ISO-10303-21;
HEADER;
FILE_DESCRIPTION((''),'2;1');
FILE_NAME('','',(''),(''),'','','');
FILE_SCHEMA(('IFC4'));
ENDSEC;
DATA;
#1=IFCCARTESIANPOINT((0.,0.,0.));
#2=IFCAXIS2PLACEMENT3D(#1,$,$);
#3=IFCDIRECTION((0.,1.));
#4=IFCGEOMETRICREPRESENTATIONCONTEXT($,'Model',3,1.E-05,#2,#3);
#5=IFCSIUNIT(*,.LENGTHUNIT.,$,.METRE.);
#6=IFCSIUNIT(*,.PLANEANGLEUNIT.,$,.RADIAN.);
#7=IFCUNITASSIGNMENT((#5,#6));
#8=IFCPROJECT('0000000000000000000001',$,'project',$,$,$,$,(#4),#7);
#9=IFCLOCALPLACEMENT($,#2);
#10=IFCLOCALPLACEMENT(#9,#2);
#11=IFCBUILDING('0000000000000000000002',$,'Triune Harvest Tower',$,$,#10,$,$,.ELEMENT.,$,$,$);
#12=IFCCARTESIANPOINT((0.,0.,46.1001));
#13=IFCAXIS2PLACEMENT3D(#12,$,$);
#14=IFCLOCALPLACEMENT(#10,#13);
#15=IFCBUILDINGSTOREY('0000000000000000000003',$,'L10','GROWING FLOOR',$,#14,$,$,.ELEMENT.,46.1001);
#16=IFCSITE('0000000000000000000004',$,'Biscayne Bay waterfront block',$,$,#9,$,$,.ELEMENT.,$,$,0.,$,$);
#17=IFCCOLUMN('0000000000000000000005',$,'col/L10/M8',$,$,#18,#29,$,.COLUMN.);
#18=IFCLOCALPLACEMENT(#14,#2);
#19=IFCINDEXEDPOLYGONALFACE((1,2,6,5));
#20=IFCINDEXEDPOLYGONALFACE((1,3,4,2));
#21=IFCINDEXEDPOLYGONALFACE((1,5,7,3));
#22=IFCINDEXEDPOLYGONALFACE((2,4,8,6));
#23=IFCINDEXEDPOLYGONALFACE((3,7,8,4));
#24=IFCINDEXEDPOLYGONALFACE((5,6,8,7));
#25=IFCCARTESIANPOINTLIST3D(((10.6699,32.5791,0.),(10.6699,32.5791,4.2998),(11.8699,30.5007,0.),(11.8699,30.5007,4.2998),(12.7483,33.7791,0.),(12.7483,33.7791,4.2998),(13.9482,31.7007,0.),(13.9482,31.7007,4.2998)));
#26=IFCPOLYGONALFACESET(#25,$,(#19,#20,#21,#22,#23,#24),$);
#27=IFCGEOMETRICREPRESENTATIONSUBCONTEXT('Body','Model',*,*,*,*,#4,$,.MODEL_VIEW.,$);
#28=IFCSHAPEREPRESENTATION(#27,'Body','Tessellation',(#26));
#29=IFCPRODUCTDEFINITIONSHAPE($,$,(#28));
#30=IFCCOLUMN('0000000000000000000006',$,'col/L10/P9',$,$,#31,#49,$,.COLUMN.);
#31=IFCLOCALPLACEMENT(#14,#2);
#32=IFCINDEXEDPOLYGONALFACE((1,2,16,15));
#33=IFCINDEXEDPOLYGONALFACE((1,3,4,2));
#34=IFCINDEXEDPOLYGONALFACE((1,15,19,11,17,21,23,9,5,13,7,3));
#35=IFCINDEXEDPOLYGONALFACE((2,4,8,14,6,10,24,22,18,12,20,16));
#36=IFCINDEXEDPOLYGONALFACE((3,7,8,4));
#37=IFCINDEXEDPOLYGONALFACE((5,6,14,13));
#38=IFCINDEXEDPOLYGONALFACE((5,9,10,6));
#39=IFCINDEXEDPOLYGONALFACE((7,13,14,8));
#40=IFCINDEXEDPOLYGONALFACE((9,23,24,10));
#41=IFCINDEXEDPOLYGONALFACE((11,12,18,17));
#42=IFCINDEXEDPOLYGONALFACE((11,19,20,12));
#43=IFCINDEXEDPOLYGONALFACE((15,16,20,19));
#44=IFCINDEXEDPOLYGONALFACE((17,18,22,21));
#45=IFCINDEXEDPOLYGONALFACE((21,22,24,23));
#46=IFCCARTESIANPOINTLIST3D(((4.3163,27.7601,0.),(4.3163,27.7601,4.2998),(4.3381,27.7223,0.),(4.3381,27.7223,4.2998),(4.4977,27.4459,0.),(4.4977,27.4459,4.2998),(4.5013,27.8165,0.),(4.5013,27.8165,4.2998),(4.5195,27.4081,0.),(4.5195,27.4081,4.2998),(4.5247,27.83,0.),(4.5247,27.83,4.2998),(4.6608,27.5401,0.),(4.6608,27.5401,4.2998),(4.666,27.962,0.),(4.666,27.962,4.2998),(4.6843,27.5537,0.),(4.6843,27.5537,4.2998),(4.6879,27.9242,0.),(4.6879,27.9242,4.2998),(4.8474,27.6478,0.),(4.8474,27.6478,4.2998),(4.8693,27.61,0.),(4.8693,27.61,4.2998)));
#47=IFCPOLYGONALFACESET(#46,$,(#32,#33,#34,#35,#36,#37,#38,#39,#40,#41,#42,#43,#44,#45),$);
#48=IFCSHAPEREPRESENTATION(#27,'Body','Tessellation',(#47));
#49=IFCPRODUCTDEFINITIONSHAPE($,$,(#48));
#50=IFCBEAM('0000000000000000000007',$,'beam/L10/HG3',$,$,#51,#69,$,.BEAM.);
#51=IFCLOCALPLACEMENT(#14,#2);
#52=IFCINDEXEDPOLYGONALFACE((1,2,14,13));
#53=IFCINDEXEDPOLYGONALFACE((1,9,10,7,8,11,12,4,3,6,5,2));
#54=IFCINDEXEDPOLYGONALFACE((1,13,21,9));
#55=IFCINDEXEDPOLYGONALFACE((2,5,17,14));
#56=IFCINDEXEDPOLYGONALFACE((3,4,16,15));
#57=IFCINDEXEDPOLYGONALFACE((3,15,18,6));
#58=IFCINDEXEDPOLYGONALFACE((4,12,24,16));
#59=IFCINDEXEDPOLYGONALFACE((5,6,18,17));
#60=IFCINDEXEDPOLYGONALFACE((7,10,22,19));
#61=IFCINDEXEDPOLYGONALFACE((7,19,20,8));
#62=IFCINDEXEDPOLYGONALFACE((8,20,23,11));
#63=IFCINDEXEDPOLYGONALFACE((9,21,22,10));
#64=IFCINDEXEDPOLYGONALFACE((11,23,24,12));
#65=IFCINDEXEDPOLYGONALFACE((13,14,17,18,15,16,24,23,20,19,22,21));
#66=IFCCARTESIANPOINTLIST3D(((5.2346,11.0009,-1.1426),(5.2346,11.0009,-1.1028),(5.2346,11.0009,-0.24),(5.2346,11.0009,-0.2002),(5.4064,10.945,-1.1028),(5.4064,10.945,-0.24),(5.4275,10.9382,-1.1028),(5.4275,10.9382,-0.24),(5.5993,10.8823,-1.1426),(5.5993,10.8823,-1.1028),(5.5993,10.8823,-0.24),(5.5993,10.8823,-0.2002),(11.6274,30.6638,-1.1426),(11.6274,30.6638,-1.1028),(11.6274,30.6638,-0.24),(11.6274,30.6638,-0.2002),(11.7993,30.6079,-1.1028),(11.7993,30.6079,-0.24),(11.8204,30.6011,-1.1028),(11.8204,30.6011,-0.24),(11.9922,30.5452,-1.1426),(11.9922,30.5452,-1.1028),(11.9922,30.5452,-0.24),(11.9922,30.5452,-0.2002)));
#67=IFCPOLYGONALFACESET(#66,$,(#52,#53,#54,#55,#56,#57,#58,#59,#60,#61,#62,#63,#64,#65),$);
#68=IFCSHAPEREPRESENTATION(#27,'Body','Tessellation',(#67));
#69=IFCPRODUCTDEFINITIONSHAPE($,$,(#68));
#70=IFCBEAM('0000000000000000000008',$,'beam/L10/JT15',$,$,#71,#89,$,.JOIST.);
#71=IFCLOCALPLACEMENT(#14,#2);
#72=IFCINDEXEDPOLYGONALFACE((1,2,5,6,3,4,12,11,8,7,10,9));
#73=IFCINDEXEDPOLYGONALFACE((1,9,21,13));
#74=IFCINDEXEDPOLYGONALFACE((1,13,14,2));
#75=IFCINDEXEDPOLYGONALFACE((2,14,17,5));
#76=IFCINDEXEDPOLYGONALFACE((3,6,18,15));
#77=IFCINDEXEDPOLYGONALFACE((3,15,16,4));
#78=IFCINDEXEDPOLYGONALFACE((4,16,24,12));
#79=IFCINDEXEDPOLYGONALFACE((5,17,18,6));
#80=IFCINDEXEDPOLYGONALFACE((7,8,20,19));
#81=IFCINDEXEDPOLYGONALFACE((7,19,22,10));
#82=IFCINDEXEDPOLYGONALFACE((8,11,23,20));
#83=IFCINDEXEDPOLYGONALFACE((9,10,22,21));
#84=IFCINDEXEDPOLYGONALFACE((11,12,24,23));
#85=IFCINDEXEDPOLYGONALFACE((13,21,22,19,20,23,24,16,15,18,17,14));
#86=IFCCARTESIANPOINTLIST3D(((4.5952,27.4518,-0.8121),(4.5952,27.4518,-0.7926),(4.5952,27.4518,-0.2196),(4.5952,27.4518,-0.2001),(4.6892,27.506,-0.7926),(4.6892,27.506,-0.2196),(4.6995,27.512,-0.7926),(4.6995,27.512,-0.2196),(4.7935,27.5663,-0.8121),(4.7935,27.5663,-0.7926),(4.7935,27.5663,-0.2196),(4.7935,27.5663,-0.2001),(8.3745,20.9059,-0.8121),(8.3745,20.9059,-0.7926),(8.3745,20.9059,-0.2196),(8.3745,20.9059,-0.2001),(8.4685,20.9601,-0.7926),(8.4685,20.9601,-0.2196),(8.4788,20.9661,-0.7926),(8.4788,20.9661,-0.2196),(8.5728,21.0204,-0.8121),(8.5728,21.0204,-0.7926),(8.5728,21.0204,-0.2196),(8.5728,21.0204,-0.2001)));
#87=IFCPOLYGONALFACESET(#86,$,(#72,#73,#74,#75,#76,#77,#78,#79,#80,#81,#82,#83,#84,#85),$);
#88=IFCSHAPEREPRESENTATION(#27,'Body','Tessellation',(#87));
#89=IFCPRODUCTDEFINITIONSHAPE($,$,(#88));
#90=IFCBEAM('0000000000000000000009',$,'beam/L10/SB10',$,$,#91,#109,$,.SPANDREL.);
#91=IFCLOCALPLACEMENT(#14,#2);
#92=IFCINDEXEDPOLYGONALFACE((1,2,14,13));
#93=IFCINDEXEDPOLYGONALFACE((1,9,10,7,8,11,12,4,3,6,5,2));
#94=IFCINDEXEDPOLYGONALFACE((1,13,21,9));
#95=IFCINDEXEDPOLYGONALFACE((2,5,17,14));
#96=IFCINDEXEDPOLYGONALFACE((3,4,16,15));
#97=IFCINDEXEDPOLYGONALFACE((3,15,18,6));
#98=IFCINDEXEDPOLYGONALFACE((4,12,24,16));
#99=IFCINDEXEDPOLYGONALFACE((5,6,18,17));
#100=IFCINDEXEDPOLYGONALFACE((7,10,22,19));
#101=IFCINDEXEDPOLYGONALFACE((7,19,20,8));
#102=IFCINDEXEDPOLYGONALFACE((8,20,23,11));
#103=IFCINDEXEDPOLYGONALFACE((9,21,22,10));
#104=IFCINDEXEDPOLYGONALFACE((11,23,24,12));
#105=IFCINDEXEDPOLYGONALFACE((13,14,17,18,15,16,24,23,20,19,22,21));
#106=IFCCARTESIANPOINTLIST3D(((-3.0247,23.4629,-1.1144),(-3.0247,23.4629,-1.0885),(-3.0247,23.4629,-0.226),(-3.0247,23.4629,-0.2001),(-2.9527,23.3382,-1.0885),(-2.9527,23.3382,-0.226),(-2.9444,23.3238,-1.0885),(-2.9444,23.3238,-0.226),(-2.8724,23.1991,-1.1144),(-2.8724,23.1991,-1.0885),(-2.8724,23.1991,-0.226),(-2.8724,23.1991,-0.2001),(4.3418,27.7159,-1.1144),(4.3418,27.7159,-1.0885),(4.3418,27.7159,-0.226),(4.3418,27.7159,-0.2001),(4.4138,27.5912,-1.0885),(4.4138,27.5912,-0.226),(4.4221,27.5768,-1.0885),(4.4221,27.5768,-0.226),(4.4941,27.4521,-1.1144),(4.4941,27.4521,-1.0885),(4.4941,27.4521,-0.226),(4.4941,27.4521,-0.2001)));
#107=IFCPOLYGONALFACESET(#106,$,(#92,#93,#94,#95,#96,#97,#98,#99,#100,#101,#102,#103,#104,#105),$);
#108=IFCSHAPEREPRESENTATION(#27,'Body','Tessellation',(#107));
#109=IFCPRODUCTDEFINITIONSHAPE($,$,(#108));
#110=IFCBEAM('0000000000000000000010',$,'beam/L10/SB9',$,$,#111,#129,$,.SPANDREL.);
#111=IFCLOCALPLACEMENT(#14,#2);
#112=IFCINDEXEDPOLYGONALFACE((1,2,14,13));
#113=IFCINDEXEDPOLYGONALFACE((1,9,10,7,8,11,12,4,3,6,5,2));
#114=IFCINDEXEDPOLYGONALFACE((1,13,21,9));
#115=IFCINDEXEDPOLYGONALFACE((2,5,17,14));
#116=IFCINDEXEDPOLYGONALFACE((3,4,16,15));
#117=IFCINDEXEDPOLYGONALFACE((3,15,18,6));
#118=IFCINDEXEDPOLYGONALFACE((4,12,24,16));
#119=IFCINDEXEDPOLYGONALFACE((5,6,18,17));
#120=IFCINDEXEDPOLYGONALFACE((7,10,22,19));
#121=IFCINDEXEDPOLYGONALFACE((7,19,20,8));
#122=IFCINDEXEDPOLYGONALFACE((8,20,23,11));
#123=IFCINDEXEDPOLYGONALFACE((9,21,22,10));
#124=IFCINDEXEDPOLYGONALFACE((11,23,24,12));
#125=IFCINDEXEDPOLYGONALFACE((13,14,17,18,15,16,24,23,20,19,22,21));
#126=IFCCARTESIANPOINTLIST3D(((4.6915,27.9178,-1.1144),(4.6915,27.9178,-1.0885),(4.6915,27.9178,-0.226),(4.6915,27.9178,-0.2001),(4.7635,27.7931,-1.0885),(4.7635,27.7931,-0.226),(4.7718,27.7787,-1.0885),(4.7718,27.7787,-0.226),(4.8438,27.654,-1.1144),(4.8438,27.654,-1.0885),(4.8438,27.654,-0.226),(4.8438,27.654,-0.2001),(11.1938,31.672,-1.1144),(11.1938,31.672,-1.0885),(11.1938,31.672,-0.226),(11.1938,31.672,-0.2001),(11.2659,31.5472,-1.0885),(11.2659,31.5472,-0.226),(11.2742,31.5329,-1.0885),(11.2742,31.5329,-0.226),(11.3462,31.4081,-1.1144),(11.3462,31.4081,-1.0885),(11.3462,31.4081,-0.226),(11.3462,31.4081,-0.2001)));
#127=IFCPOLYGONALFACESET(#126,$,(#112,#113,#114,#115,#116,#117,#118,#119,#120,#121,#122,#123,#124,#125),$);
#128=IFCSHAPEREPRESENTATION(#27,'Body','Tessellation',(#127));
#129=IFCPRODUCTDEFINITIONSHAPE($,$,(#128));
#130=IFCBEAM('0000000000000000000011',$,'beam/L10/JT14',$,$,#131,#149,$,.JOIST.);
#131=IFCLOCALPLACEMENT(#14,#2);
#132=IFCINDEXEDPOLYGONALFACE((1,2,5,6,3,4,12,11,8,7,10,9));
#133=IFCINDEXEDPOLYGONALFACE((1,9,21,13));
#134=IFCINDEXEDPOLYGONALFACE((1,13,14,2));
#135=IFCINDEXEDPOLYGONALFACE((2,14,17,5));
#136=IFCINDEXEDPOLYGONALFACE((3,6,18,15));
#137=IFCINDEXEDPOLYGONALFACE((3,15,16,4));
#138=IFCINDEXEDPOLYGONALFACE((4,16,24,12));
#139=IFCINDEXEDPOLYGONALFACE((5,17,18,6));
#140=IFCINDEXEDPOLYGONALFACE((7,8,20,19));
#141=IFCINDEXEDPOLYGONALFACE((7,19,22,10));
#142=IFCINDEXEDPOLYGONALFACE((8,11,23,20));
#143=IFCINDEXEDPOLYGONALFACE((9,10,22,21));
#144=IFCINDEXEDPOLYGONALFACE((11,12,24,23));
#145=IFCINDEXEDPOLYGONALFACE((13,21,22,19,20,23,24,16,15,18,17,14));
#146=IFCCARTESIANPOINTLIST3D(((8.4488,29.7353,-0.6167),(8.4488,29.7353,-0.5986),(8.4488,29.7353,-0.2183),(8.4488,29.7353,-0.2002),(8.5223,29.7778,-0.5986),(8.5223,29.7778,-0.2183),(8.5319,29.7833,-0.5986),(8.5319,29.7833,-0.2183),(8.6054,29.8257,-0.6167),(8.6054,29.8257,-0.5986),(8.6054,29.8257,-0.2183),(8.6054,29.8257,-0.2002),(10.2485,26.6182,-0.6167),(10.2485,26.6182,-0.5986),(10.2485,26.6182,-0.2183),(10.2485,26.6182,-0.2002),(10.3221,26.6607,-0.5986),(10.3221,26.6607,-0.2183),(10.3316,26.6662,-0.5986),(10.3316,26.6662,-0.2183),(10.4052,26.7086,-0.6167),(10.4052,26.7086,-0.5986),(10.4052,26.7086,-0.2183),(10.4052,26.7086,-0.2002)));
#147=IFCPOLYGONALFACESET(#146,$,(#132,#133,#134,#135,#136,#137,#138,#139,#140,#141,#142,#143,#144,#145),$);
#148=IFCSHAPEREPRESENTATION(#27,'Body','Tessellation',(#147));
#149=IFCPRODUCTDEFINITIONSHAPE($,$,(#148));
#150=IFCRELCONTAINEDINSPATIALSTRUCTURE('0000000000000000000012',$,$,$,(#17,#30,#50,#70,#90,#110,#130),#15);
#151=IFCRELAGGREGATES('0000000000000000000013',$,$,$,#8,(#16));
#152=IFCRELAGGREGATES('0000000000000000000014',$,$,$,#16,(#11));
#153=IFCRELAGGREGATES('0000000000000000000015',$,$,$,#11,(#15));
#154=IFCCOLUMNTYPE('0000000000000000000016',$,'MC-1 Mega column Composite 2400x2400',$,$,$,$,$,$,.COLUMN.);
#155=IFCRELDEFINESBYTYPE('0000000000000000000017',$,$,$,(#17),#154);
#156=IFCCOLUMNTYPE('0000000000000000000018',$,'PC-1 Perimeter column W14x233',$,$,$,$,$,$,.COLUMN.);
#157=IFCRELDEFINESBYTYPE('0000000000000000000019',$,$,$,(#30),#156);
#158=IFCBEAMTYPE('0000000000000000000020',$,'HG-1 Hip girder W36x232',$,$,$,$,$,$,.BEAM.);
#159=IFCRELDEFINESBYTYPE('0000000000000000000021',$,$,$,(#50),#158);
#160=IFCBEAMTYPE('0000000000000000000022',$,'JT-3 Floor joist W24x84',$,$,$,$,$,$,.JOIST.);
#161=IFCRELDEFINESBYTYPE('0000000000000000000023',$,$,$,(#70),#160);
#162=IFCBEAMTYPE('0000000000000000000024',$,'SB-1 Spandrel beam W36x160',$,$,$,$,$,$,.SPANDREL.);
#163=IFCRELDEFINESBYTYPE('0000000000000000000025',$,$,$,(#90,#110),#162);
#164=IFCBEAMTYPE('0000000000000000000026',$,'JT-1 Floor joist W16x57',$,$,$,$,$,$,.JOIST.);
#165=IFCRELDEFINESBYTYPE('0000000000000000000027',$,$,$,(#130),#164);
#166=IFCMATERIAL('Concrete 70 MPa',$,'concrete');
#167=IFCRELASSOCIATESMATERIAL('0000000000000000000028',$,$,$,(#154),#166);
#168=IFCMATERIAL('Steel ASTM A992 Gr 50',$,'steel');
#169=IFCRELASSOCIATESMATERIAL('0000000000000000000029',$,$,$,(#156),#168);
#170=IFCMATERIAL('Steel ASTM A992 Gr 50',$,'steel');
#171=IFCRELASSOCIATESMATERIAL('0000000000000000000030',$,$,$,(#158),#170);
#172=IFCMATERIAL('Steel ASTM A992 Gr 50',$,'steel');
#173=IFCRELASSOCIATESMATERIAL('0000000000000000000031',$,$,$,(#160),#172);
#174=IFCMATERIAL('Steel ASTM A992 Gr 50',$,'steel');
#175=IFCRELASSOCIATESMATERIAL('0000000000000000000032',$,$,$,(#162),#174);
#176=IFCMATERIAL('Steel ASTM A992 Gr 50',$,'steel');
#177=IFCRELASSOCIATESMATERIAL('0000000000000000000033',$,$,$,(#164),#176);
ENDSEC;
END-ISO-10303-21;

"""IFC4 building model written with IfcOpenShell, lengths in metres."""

from ifc_helpers import new_model, si_unit, direction, frame, origin, origin_2d, place, context, subcontext, project, spatial, rectangle, i_section, extrude, source, transform, mapped, material, material_profile, profile_set, type_object, element, save


model = new_model("IFC4")

# Units and contexts
model_context = context("Model", 3, precision=1e-05, world=origin(), true_north=direction((0.0, 1.0)))
body_context = subcontext(model_context, "Body", "Model", "MODEL_VIEW")
ifc_project = project(units=[si_unit("LENGTHUNIT", "METRE"), si_unit("PLANEANGLEUNIT", "RADIAN")], contexts=[model_context])

# Site, building, storey
site_placement = place(None, origin())
site = spatial("IfcSite", under=ifc_project, at=site_placement, Name="Biscayne Bay waterfront block", CompositionType="ELEMENT", RefElevation=0.0)
building_placement = place(site_placement, origin())
building = spatial("IfcBuilding", under=site, at=building_placement, Name="Triune Harvest Tower", CompositionType="ELEMENT")
storey_placement = place(building_placement, frame((0.0, 0.0, 46.1001)))
storey = spatial("IfcBuildingStorey", under=building, at=storey_placement, Name="L10", Description="GROWING FLOOR", CompositionType="ELEMENT", Elevation=46.1001)

# Columns
ifc_material_1 = material(Name="Concrete 70 MPa", Category="concrete")
ifc_material_profile_1 = material_profile(ifc_material_1, rectangle(XDim=2.3999, YDim=2.3999, at=origin_2d()), Name="Composite 2400x2400")
ifc_profile_set_1 = profile_set([ifc_material_profile_1], Name="Concrete 70 MPa")
column_type_1 = type_object("IfcColumnType", Name="MC-1 Mega column Composite 2400x2400", PredefinedType="COLUMN", material=ifc_profile_set_1)
shared_shape_1 = source(origin(), body_context, "Body", "SweptSolid", [
    extrude(rectangle(XDim=2.3999, YDim=2.3999, at=origin_2d()), origin(), (0.0, 0.0, 1.0), 4.2998),
])
column_1_placement = place(storey_placement, frame((12.3091, 32.1399, 0.0), z_axis=(0.0, 0.0, 1.0), x_axis=(-0.866025, -0.5, 0.0)))
element("IfcColumn", 1, at=column_1_placement, inside=storey, type_object=column_type_1, Name="col/L10/M8", PredefinedType="COLUMN", context=body_context, shape_type="MappedRepresentation", body=[
    mapped(shared_shape_1, transform((0.0, 0.0, 0.0), scale=1.0)),
])
ifc_material_2 = material(Name="Steel ASTM A992 Gr 50", Category="steel")
ifc_material_profile_2 = material_profile(ifc_material_2, i_section(OverallWidth=0.4038, OverallDepth=0.4065, WebThickness=0.0271, FlangeThickness=0.0437, at=origin_2d()), Name="W14x233")
ifc_profile_set_2 = profile_set([ifc_material_profile_2], Name="Steel ASTM A992 Gr 50")
column_type_2 = type_object("IfcColumnType", Name="PC-1 Perimeter column W14x233", PredefinedType="COLUMN", material=ifc_profile_set_2)
shared_shape_2 = source(origin(), body_context, "Body", "SweptSolid", [
    extrude(i_section(OverallWidth=0.4038, OverallDepth=0.4065, WebThickness=0.0271, FlangeThickness=0.0437, at=origin_2d()), origin(), (0.0, 0.0, 1.0), 4.2998),
])
column_2_placement = place(storey_placement, frame((4.5928, 27.6851, 0.0), z_axis=(0.0, 0.0, 1.0), x_axis=(-0.866025, -0.5, 0.0)))
element("IfcColumn", 2, at=column_2_placement, inside=storey, type_object=column_type_2, Name="col/L10/P9", PredefinedType="COLUMN", context=body_context, shape_type="MappedRepresentation", body=[
    mapped(shared_shape_2, transform((0.0, 0.0, 0.0), scale=1.0)),
])

# Beams
ifc_material_3 = material(Name="Steel ASTM A992 Gr 50", Category="steel")
ifc_material_profile_3 = material_profile(ifc_material_3, i_section(OverallWidth=0.3835, OverallDepth=0.9424, WebThickness=0.0222, FlangeThickness=0.0398, at=origin_2d()), Name="W36x232")
ifc_profile_set_3 = profile_set([ifc_material_profile_3], Name="Steel ASTM A992 Gr 50")
beam_type_1 = type_object("IfcBeamType", Name="HG-1 Hip girder W36x232", PredefinedType="BEAM", material=ifc_profile_set_3)
shared_shape_3 = source(origin(), body_context, "Body", "SweptSolid", [
    extrude(i_section(OverallWidth=0.3835, OverallDepth=0.9424, WebThickness=0.0222, FlangeThickness=0.0398, at=origin_2d()), origin(), (0.0, 0.0, 1.0), 20.676),
])
beam_1_placement = place(storey_placement, frame((11.8098, 30.6045, -0.6714), z_axis=(-0.309191, -0.951, 0.0), x_axis=(0.951, -0.309191, 0.0)))
element("IfcBeam", 3, at=beam_1_placement, inside=storey, type_object=beam_type_1, Name="beam/L10/HG3", PredefinedType="BEAM", context=body_context, shape_type="MappedRepresentation", body=[
    mapped(shared_shape_3, transform((0.0, 0.0, 0.0), scale=1.0)),
])
ifc_material_4 = material(Name="Steel ASTM A992 Gr 50", Category="steel")
ifc_material_profile_4 = material_profile(ifc_material_4, i_section(OverallWidth=0.229, OverallDepth=0.6121, WebThickness=0.012, FlangeThickness=0.0195, at=origin_2d()), Name="W24x84")
ifc_profile_set_4 = profile_set([ifc_material_profile_4], Name="Steel ASTM A992 Gr 50")
beam_type_2 = type_object("IfcBeamType", Name="JT-3 Floor joist W24x84", PredefinedType="JOIST", material=ifc_profile_set_4)
shared_shape_4 = source(origin(), body_context, "Body", "SweptSolid", [
    extrude(i_section(OverallWidth=0.229, OverallDepth=0.6121, WebThickness=0.012, FlangeThickness=0.0195, at=origin_2d()), origin(), (0.0, 0.0, 1.0), 7.5586),
])
beam_2_placement = place(storey_placement, frame((4.6943, 27.509, -0.5061), z_axis=(0.500002, -0.866024, 0.0), x_axis=(0.866024, 0.500002, 0.0)))
element("IfcBeam", 4, at=beam_2_placement, inside=storey, type_object=beam_type_2, Name="beam/L10/JT15", PredefinedType="JOIST", context=body_context, shape_type="MappedRepresentation", body=[
    mapped(shared_shape_4, transform((0.0, 0.0, 0.0), scale=1.0)),
])
ifc_material_5 = material(Name="Steel ASTM A992 Gr 50", Category="steel")
ifc_material_profile_5 = material_profile(ifc_material_5, i_section(OverallWidth=0.3047, OverallDepth=0.9143, WebThickness=0.0166, FlangeThickness=0.0259, at=origin_2d()), Name="W36x160")
ifc_profile_set_5 = profile_set([ifc_material_profile_5], Name="Steel ASTM A992 Gr 50")
beam_type_3 = type_object("IfcBeamType", Name="SB-1 Spandrel beam W36x160", PredefinedType="SPANDREL", material=ifc_profile_set_5)
shared_shape_5 = source(origin(), body_context, "Body", "SweptSolid", [
    extrude(i_section(OverallWidth=0.3047, OverallDepth=0.9143, WebThickness=0.0166, FlangeThickness=0.0259, at=origin_2d()), origin(), (0.0, 0.0, 1.0), 8.5061),
])
beam_3_placement = place(storey_placement, frame((4.418, 27.584, -0.6572), z_axis=(-0.86603, -0.499992, 0.0), x_axis=(0.499992, -0.86603, 0.0)))
element("IfcBeam", 5, at=beam_3_placement, inside=storey, type_object=beam_type_3, Name="beam/L10/SB10", PredefinedType="SPANDREL", context=body_context, shape_type="MappedRepresentation", body=[
    mapped(shared_shape_5, transform((0.0, 0.0, 0.0), scale=1.0)),
])
shared_shape_6 = source(origin(), body_context, "Body", "SweptSolid", [
    extrude(i_section(OverallWidth=0.3047, OverallDepth=0.9143, WebThickness=0.0166, FlangeThickness=0.0259, at=origin_2d()), origin(), (0.0, 0.0, 1.0), 7.5083),
])
beam_4_placement = place(storey_placement, frame((11.27, 31.54, -0.6572), z_axis=(-0.866027, -0.499996, 0.0), x_axis=(0.499996, -0.866027, 0.0)))
element("IfcBeam", 6, at=beam_4_placement, inside=storey, type_object=beam_type_3, Name="beam/L10/SB9", PredefinedType="SPANDREL", context=body_context, shape_type="MappedRepresentation", body=[
    mapped(shared_shape_6, transform((0.0, 0.0, 0.0), scale=1.0)),
])
ifc_material_6 = material(Name="Steel ASTM A992 Gr 50", Category="steel")
ifc_material_profile_6 = material_profile(ifc_material_6, i_section(OverallWidth=0.1809, OverallDepth=0.4165, WebThickness=0.011, FlangeThickness=0.0181, at=origin_2d()), Name="W16x57")
ifc_profile_set_6 = profile_set([ifc_material_profile_6], Name="Steel ASTM A992 Gr 50")
beam_type_4 = type_object("IfcBeamType", Name="JT-1 Floor joist W16x57", PredefinedType="JOIST", material=ifc_profile_set_6)
shared_shape_7 = source(origin(), body_context, "Body", "SweptSolid", [
    extrude(i_section(OverallWidth=0.1809, OverallDepth=0.4165, WebThickness=0.011, FlangeThickness=0.0181, at=origin_2d()), origin(), (0.0, 0.0, 1.0), 3.5994),
])
beam_5_placement = place(storey_placement, frame((8.5271, 29.7805, -0.4084), z_axis=(0.50002, -0.866014, 0.0), x_axis=(0.866014, 0.50002, 0.0)))
element("IfcBeam", 7, at=beam_5_placement, inside=storey, type_object=beam_type_4, Name="beam/L10/JT14", PredefinedType="JOIST", context=body_context, shape_type="MappedRepresentation", body=[
    mapped(shared_shape_7, transform((0.0, 0.0, 0.0), scale=1.0)),
])

save(model, "model.ifc")
